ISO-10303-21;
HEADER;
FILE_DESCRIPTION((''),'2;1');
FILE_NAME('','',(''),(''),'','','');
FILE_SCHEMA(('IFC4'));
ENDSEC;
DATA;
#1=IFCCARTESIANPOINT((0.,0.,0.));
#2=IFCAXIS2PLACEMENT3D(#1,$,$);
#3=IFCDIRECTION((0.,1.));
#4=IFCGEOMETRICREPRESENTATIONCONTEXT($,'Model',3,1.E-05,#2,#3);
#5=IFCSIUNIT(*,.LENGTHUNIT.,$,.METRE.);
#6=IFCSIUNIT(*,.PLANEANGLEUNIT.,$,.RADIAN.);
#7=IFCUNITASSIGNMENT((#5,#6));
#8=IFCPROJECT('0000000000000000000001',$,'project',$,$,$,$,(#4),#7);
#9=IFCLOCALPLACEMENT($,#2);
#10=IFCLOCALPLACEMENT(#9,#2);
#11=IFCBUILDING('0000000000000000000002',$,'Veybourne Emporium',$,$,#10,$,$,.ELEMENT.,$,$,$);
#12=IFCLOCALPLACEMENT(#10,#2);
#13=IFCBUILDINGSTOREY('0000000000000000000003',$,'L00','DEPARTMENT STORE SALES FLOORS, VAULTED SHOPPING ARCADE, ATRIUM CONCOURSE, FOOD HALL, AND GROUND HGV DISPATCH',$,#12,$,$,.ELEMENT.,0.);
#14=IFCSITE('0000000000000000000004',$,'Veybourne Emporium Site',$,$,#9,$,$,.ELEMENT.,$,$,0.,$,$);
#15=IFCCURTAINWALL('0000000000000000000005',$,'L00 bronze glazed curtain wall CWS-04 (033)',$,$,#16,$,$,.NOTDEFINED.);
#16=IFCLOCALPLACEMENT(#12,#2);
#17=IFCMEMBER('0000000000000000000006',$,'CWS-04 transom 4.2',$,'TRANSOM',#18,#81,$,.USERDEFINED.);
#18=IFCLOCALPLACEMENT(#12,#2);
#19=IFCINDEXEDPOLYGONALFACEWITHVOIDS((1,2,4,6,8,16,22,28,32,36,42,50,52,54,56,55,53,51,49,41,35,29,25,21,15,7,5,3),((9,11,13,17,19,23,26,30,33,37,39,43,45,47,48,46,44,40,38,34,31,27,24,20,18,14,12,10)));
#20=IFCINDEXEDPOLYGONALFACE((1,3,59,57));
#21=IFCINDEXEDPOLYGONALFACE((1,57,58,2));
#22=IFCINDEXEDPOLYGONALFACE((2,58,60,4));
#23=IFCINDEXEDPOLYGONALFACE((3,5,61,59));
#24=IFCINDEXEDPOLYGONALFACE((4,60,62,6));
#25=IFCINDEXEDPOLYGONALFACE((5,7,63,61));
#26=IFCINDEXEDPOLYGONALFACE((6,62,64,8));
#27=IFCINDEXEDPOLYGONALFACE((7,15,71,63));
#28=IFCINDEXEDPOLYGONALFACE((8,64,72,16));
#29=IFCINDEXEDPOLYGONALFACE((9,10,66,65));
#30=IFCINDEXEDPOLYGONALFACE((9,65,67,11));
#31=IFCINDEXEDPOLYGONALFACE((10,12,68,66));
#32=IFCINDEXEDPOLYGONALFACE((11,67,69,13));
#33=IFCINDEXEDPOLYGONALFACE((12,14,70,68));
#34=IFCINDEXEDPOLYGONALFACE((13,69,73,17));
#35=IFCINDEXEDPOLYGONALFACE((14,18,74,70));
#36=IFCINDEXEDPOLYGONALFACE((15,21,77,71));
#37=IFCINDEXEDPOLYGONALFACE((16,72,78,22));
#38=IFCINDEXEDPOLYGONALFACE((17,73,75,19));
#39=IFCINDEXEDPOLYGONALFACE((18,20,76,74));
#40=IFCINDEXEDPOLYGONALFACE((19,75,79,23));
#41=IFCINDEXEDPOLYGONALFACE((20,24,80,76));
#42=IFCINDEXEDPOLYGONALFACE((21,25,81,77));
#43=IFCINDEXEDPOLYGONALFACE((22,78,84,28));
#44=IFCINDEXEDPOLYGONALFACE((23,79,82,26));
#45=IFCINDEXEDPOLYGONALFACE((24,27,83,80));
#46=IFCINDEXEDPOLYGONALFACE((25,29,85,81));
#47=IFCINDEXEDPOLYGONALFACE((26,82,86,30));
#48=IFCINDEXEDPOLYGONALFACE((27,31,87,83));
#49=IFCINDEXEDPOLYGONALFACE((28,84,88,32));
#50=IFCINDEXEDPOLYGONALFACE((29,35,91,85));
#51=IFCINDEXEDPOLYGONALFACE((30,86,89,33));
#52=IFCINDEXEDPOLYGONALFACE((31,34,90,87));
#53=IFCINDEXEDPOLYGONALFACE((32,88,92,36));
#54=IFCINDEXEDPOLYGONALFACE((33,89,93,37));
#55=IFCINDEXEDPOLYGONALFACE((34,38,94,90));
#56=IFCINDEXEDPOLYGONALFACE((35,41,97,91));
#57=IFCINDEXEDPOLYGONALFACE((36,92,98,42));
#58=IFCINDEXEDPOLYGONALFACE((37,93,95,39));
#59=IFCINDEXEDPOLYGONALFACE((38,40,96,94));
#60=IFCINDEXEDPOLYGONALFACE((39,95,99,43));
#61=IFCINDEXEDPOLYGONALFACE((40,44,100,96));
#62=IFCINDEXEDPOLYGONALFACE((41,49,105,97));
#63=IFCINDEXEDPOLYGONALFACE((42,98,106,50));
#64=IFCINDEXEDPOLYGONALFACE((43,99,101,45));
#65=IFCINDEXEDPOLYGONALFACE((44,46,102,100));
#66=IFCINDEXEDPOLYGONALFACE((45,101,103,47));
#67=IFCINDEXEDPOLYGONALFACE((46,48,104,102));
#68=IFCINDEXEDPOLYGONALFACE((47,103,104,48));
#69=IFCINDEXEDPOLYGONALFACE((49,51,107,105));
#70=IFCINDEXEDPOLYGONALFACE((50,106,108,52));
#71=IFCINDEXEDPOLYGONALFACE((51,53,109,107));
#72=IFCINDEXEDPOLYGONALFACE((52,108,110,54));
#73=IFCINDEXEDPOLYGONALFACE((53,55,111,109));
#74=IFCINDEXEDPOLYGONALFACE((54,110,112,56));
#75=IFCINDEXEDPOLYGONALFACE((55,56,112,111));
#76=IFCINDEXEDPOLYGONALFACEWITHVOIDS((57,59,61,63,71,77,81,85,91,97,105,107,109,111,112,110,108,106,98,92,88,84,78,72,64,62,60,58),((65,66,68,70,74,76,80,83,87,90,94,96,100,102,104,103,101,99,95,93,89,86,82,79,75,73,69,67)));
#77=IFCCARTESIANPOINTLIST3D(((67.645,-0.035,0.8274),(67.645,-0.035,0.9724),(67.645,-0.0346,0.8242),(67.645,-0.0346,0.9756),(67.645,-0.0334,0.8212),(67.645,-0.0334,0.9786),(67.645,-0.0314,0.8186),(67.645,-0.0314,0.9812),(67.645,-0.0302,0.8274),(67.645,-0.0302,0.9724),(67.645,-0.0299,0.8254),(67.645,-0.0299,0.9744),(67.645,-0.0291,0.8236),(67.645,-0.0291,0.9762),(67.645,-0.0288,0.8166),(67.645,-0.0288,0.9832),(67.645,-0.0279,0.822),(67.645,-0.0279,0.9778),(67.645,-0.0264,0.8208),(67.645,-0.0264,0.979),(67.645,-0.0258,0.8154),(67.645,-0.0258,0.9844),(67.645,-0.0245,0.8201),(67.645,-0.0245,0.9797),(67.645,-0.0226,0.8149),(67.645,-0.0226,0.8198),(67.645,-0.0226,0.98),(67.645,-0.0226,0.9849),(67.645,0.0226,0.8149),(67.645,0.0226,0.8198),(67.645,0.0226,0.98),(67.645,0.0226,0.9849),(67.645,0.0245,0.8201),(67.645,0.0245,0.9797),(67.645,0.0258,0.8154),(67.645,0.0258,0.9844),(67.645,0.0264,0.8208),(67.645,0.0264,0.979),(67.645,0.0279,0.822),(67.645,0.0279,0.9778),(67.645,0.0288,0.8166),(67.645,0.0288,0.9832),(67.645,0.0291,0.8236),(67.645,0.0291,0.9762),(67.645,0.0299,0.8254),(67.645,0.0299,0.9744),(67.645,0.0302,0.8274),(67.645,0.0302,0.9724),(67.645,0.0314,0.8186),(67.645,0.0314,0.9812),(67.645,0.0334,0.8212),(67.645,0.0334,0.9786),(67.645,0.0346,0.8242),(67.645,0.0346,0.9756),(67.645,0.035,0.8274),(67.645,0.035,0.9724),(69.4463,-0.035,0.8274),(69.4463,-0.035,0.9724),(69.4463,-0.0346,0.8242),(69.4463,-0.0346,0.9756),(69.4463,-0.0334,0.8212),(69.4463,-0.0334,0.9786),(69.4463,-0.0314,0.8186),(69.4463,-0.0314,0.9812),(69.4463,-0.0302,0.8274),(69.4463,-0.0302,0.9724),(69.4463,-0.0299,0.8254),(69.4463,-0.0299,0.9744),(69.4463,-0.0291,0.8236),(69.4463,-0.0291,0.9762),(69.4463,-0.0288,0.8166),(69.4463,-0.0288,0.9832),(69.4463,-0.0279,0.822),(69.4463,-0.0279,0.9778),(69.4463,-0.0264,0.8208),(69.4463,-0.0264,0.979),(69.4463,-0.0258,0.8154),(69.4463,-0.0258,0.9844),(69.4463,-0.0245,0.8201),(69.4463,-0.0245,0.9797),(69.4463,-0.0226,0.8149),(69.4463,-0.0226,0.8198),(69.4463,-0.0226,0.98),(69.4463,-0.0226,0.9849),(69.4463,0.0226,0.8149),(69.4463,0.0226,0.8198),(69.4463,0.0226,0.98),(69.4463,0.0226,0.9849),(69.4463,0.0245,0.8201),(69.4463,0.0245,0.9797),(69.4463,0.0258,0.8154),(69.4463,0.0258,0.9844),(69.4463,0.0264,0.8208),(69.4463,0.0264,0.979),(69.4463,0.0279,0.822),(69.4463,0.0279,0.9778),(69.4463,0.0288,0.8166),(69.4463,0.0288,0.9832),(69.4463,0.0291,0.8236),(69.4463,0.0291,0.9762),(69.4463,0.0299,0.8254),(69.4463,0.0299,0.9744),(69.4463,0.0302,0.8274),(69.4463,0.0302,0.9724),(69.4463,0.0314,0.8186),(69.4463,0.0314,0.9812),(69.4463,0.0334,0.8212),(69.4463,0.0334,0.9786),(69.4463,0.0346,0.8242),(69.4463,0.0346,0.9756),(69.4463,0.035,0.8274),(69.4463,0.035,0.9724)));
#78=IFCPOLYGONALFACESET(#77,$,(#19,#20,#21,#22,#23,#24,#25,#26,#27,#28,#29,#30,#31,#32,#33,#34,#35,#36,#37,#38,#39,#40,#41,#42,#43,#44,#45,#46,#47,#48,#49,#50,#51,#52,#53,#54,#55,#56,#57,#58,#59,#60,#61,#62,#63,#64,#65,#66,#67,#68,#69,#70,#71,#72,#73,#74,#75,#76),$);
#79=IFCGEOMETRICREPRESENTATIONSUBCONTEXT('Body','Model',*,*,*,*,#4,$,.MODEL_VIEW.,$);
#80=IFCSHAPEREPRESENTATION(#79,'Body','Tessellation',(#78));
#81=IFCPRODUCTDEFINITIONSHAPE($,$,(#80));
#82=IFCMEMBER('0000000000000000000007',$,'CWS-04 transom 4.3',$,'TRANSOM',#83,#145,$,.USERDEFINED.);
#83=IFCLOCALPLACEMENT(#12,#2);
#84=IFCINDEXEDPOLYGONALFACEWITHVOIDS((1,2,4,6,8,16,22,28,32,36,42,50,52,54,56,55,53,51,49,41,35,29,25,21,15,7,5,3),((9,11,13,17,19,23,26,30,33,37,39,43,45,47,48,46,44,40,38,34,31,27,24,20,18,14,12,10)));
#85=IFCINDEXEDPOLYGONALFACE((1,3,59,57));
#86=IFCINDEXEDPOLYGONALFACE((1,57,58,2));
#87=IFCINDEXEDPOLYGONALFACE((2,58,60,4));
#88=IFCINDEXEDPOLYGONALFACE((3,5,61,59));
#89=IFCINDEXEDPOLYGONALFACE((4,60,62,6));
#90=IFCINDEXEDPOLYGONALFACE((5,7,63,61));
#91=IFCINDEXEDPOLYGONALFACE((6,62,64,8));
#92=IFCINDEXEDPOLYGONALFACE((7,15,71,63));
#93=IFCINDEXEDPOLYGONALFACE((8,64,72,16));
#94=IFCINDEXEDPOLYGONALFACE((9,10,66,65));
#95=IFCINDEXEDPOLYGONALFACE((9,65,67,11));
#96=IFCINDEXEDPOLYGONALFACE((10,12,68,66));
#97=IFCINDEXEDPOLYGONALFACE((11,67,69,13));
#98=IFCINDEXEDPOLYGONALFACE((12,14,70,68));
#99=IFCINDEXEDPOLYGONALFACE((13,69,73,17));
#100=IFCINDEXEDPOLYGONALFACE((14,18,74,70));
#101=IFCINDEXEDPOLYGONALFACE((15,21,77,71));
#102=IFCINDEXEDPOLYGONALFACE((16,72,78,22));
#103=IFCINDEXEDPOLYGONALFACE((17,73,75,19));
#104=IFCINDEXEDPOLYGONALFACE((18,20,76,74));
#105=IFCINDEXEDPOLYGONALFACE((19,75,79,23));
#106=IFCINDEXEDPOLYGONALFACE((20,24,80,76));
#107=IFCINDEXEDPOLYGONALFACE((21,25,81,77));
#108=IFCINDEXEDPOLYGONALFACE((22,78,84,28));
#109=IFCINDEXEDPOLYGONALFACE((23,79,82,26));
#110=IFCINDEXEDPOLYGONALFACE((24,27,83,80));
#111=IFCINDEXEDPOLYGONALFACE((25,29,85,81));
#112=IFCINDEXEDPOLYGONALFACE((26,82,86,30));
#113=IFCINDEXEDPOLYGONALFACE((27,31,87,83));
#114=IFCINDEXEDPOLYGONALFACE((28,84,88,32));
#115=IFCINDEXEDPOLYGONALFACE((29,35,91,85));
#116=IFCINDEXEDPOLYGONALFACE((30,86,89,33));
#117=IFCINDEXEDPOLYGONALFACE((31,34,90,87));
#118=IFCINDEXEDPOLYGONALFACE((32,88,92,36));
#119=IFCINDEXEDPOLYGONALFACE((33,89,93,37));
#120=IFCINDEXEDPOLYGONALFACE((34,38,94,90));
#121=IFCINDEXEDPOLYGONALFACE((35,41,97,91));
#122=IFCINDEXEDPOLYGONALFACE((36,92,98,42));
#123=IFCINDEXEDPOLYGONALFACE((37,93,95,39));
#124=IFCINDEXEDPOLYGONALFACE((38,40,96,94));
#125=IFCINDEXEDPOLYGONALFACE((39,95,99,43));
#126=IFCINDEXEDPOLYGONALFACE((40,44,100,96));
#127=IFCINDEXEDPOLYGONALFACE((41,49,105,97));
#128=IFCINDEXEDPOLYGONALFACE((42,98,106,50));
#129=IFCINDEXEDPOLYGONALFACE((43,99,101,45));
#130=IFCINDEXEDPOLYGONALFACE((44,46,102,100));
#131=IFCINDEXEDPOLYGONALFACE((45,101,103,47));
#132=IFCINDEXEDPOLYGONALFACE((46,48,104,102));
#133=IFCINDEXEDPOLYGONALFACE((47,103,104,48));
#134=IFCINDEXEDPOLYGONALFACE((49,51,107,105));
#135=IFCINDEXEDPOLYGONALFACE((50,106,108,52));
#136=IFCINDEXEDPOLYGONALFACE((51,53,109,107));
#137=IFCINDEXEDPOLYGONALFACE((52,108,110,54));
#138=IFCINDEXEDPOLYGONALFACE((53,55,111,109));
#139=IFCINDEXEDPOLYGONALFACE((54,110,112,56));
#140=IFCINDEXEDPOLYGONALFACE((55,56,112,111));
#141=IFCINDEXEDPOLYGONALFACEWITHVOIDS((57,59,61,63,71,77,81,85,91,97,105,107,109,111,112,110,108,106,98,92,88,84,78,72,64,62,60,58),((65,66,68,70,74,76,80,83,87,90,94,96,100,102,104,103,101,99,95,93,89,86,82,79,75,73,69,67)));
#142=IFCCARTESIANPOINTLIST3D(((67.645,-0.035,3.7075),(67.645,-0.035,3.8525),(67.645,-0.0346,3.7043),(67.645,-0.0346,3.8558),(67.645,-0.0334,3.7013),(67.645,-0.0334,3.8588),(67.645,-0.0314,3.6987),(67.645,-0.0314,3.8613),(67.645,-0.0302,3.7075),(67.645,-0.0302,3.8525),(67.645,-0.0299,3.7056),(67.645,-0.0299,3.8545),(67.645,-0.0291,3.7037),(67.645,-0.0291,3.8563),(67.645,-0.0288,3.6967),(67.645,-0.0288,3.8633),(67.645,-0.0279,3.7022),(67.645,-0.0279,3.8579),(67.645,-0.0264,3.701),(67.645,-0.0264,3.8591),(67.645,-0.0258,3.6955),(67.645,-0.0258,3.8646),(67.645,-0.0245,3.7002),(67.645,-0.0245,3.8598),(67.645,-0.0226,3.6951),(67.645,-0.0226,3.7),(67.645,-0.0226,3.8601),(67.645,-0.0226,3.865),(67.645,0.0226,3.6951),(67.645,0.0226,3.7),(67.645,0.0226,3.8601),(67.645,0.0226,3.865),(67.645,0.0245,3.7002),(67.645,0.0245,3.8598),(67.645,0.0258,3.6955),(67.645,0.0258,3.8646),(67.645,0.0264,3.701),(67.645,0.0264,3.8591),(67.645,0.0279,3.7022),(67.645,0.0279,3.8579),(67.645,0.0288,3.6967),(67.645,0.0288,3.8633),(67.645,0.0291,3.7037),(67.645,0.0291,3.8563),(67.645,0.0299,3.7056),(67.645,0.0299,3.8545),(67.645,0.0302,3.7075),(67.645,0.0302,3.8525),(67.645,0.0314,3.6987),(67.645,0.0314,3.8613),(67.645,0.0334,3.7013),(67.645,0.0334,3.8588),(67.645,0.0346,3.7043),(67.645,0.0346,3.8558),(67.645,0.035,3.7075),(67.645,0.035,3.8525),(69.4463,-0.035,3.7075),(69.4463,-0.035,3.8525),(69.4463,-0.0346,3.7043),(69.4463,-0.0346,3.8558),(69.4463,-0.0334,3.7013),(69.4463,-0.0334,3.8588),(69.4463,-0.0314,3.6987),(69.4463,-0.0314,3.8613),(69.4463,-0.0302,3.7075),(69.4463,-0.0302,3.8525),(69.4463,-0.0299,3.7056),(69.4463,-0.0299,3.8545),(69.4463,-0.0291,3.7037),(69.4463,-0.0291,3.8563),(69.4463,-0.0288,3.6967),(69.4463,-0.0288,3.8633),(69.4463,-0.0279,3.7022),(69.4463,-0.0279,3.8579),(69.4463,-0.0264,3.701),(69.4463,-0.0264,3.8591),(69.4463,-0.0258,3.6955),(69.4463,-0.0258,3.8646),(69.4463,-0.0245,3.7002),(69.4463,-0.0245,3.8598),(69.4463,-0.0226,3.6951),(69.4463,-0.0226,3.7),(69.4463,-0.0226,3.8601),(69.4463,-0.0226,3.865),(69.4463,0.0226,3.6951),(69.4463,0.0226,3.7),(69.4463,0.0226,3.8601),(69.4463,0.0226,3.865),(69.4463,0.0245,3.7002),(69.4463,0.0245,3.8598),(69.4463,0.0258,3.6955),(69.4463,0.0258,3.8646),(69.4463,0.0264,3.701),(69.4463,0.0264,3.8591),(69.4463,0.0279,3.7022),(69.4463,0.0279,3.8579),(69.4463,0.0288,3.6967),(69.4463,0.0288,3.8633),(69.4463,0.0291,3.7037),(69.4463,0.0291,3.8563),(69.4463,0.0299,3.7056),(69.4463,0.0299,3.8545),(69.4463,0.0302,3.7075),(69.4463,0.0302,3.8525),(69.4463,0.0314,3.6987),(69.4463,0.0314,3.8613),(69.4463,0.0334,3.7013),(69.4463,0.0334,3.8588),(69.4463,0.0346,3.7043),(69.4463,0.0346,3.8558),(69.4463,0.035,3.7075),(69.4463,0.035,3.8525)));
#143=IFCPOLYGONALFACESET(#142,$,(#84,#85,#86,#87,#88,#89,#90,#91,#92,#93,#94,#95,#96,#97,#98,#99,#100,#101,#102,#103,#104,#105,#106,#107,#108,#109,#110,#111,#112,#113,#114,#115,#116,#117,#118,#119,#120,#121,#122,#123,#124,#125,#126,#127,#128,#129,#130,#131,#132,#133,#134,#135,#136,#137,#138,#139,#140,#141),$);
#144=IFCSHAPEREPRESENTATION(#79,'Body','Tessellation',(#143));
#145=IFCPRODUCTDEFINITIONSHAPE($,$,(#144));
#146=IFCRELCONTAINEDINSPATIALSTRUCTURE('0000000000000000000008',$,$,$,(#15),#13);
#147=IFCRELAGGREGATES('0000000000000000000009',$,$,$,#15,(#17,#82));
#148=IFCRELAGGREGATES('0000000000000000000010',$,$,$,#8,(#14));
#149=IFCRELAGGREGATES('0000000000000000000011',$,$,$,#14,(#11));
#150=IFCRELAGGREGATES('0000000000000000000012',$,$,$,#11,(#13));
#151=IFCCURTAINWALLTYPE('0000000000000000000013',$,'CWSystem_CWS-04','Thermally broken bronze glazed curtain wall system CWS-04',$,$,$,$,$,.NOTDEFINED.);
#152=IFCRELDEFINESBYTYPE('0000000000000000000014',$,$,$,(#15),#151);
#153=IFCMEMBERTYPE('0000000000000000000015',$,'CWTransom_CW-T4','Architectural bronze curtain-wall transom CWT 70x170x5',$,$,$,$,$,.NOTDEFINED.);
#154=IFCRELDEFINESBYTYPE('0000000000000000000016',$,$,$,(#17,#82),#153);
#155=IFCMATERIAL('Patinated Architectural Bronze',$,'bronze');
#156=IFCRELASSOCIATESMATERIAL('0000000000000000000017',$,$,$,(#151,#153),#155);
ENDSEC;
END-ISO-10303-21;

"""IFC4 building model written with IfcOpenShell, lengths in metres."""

from ifc_helpers import new_model, si_unit, direction, frame, origin, origin_2d, place, context, subcontext, project, spatial, hollow_rectangle, extrude, material, material_profile, profile_set, type_object, element, aggregate, save


model = new_model("IFC4")

# Units and contexts
model_context = context("Model", 3, precision=1e-05, world=origin(), true_north=direction((0.0, 1.0)))
body_context = subcontext(model_context, "Body", "Model", "MODEL_VIEW")
ifc_project = project(units=[si_unit("LENGTHUNIT", "METRE"), si_unit("PLANEANGLEUNIT", "RADIAN")], contexts=[model_context])

# Site, building, storey
site_placement = place(None, origin())
site = spatial("IfcSite", under=ifc_project, at=site_placement, Name="Veybourne Emporium Site", CompositionType="ELEMENT", RefElevation=0.0)
building_placement = place(site_placement, origin())
building = spatial("IfcBuilding", under=site, at=building_placement, Name="Veybourne Emporium", CompositionType="ELEMENT")
storey_placement = place(building_placement, origin())
storey = spatial("IfcBuildingStorey", under=building, at=storey_placement, Name="L00", Description="DEPARTMENT STORE SALES FLOORS, VAULTED SHOPPING ARCADE, ATRIUM CONCOURSE, FOOD HALL, AND GROUND HGV DISPATCH", CompositionType="ELEMENT", Elevation=0.0)

# Curtain wall, members
ifc_material_1 = material(Name="Patinated Architectural Bronze", Category="bronze")
curtain_wall_type = type_object("IfcCurtainWallType", Name="CWSystem_CWS-04", Description="Thermally broken bronze glazed curtain wall system CWS-04", PredefinedType="NOTDEFINED", material=ifc_material_1)
curtain_wall_placement = place(storey_placement, origin())
curtain_wall = element("IfcCurtainWall", 1, at=curtain_wall_placement, inside=storey, type_object=curtain_wall_type, Name="L00 bronze glazed curtain wall CWS-04 (033)", PredefinedType="NOTDEFINED")
ifc_material_profile_1 = material_profile(ifc_material_1, hollow_rectangle(XDim=0.0701, YDim=0.1699, WallThickness=0.0049, InnerFilletRadius=0.0076, OuterFilletRadius=0.0125, at=origin_2d()), Name="CWT 70x170x5")
ifc_profile_set_1 = profile_set([ifc_material_profile_1], Name="Patinated Architectural Bronze")
member_type_1 = type_object("IfcMemberType", Name="CWTransom_CW-T4", Description="Architectural bronze curtain-wall transom CWT 70x170x5", PredefinedType="NOTDEFINED", material=ifc_profile_set_1)
member_1_placement = place(storey_placement, frame((69.4463, 0.0, 0.8999), z_axis=(-1.0, 0.0, 0.0), x_axis=(0.0, -1.0, 0.0)))
member_1 = element("IfcMember", 2, at=member_1_placement, type_object=member_type_1, Name="CWS-04 transom 4.2", ObjectType="TRANSOM", PredefinedType="USERDEFINED", context=body_context, shape_type="SweptSolid", body=[
    extrude(hollow_rectangle(XDim=0.0701, YDim=0.1699, WallThickness=0.0049, InnerFilletRadius=0.0076, OuterFilletRadius=0.0125, at=origin_2d()), origin(), (0.0, 0.0, 1.0), 1.8013),
])
member_2_placement = place(storey_placement, frame((69.4463, 0.0, 3.78), z_axis=(-1.0, 0.0, 0.0), x_axis=(0.0, -1.0, 0.0)))
member_2 = element("IfcMember", 3, at=member_2_placement, type_object=member_type_1, Name="CWS-04 transom 4.3", ObjectType="TRANSOM", PredefinedType="USERDEFINED", context=body_context, shape_type="SweptSolid", body=[
    extrude(hollow_rectangle(XDim=0.0701, YDim=0.1699, WallThickness=0.0049, InnerFilletRadius=0.0076, OuterFilletRadius=0.0125, at=origin_2d()), origin(), (0.0, 0.0, 1.0), 1.8013),
])

aggregate(curtain_wall, [member_1, member_2])

save(model, "model.ifc")
